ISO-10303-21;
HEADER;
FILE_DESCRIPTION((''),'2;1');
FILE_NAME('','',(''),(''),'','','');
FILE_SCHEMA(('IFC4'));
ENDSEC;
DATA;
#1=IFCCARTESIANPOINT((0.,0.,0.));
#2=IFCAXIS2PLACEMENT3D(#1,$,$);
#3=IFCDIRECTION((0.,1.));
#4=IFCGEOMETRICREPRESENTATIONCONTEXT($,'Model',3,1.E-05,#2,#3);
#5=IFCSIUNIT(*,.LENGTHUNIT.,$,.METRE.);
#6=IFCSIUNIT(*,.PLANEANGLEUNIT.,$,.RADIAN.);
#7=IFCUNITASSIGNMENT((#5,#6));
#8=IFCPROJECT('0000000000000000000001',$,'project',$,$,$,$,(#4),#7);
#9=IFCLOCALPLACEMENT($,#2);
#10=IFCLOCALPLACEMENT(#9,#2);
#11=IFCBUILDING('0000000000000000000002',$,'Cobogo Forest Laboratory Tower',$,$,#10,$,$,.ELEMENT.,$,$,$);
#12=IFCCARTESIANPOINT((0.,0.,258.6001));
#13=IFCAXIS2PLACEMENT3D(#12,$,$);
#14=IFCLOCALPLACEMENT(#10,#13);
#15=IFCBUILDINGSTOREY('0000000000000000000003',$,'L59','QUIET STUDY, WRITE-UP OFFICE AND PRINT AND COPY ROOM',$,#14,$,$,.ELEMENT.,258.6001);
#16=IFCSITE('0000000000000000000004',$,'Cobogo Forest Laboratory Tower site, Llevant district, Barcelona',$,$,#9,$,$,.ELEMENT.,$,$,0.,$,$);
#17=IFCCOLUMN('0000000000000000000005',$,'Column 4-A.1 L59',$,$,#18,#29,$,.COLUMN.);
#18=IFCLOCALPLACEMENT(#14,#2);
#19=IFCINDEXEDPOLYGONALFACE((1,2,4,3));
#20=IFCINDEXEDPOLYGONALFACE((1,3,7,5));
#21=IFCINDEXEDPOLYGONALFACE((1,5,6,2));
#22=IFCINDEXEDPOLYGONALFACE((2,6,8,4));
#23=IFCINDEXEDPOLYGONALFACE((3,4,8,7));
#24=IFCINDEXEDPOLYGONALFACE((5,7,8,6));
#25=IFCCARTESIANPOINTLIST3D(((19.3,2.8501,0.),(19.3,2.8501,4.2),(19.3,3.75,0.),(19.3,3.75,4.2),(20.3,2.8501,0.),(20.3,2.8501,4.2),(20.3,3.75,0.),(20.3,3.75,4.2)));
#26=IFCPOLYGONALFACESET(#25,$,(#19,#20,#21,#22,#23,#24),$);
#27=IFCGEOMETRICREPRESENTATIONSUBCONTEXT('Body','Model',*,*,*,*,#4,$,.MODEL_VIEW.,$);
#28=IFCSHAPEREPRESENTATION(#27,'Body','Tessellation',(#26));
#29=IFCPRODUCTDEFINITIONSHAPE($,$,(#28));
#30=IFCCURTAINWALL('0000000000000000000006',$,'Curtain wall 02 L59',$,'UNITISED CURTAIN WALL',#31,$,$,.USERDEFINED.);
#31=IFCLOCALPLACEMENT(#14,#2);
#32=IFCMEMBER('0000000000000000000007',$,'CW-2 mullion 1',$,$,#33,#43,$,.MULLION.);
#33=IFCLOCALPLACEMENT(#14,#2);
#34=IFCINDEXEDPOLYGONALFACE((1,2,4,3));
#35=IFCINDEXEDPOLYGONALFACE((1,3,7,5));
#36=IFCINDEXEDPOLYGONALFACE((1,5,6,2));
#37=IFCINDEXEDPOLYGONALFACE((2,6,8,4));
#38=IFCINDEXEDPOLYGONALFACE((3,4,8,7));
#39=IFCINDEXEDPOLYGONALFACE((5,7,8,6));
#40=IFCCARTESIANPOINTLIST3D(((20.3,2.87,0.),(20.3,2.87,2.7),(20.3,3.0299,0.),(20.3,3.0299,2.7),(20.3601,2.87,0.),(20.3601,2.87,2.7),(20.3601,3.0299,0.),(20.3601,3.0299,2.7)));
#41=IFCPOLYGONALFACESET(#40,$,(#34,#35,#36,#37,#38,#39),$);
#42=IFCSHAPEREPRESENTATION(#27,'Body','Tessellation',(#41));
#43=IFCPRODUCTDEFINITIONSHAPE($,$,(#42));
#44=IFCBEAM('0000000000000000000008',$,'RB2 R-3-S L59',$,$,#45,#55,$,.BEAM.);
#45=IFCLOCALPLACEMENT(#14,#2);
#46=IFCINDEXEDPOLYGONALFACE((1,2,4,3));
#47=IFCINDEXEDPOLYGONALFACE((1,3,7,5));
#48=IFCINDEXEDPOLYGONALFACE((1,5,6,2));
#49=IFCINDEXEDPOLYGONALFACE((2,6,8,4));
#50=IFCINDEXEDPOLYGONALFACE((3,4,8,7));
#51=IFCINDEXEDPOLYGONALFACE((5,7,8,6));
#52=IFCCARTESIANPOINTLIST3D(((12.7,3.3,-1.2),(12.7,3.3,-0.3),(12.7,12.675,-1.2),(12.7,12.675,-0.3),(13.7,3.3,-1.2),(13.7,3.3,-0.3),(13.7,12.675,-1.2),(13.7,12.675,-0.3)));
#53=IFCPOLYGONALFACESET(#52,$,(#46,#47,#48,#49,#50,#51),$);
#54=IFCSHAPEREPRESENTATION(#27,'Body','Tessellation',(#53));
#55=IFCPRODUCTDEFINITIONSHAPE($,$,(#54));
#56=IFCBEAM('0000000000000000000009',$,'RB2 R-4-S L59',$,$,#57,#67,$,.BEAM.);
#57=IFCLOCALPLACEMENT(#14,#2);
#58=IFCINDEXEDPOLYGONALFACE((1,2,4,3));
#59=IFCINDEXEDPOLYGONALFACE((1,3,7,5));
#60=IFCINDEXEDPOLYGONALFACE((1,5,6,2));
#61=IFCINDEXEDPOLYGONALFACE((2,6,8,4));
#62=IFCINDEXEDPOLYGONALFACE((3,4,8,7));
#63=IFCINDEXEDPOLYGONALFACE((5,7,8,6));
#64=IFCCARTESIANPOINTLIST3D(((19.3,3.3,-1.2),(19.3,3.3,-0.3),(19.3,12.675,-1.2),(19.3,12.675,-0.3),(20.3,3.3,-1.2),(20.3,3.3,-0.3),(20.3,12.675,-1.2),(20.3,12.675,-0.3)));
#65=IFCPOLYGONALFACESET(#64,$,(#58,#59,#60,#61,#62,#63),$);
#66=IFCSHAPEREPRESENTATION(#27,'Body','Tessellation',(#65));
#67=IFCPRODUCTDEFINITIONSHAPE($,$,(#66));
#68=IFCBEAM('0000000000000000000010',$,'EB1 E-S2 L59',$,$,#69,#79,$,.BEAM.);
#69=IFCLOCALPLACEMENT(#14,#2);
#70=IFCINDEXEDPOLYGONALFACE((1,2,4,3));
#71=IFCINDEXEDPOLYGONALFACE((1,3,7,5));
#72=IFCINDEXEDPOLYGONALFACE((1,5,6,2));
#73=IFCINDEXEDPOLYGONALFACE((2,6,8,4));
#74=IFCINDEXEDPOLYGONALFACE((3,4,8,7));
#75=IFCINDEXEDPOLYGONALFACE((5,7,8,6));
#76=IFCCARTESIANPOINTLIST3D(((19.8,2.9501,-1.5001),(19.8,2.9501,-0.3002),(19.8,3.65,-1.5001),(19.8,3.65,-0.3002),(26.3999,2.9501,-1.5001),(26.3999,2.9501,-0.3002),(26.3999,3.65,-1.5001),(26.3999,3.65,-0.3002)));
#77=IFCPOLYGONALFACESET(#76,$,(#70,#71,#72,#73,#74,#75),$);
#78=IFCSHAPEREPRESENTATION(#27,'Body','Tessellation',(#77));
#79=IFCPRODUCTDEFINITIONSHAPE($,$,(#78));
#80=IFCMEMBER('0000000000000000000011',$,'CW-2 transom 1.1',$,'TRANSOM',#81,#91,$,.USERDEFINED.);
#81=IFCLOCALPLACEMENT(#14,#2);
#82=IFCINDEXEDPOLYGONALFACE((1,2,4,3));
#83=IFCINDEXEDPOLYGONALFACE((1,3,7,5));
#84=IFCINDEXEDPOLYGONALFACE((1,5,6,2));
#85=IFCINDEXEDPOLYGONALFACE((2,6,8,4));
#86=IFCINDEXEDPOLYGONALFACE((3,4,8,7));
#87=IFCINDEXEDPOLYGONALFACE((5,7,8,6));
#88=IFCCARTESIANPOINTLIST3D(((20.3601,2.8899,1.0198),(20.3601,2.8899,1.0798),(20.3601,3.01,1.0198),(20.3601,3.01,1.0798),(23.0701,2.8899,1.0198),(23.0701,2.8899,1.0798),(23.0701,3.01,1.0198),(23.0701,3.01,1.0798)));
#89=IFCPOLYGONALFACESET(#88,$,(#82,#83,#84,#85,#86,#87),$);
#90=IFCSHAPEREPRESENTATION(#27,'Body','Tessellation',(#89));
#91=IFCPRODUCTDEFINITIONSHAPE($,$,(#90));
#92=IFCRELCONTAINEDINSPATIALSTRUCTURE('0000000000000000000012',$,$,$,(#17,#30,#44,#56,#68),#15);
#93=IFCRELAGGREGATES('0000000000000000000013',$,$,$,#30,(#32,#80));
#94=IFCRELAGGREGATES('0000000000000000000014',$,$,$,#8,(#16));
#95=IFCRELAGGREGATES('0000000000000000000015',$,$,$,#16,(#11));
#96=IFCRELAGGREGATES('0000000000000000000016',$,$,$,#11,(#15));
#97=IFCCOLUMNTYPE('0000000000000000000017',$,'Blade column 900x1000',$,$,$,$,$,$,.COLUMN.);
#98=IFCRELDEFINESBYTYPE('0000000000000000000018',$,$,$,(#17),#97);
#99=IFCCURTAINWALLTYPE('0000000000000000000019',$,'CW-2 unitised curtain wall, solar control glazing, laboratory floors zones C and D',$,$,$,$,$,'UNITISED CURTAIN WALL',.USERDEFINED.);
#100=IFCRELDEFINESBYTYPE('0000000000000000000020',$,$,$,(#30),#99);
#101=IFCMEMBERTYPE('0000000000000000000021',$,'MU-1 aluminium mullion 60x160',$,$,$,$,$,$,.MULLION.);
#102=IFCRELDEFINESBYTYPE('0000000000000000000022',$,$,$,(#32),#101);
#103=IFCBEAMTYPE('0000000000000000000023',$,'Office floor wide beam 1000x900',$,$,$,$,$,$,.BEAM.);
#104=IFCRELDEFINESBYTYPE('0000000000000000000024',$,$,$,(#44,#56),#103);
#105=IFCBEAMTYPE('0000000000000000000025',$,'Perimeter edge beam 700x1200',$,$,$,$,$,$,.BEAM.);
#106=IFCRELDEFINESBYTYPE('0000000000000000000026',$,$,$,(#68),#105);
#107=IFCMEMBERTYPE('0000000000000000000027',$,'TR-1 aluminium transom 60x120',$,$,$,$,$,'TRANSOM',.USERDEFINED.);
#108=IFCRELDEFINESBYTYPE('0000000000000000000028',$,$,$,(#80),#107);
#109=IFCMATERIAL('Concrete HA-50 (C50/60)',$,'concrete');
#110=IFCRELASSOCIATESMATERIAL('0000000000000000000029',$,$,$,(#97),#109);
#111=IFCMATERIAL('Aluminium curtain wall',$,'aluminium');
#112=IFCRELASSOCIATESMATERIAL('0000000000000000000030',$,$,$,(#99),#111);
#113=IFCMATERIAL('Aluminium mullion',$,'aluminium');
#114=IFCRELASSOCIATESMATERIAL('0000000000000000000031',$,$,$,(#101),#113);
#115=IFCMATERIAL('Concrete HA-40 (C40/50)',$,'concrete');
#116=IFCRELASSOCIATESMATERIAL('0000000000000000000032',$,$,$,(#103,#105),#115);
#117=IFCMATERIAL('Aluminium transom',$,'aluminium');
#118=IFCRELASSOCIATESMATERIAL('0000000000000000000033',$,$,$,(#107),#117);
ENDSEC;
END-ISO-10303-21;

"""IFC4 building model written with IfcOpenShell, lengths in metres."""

from ifc_helpers import new_model, si_unit, direction, frame, origin, origin_2d, place, context, subcontext, project, spatial, rectangle, extrude, material, material_profile, profile_set, type_object, element, aggregate, save


model = new_model("IFC4")

# Units and contexts
model_context = context("Model", 3, precision=1e-05, world=origin(), true_north=direction((0.0, 1.0)))
body_context = subcontext(model_context, "Body", "Model", "MODEL_VIEW")
ifc_project = project(units=[si_unit("LENGTHUNIT", "METRE"), si_unit("PLANEANGLEUNIT", "RADIAN")], contexts=[model_context])

# Site, building, storey
site_placement = place(None, origin())
site = spatial("IfcSite", under=ifc_project, at=site_placement, Name="Cobogo Forest Laboratory Tower site, Llevant district, Barcelona", CompositionType="ELEMENT", RefElevation=0.0)
building_placement = place(site_placement, origin())
building = spatial("IfcBuilding", under=site, at=building_placement, Name="Cobogo Forest Laboratory Tower", CompositionType="ELEMENT")
storey_placement = place(building_placement, frame((0.0, 0.0, 258.6001)))
storey = spatial("IfcBuildingStorey", under=building, at=storey_placement, Name="L59", Description="QUIET STUDY, WRITE-UP OFFICE AND PRINT AND COPY ROOM", CompositionType="ELEMENT", Elevation=258.6001)

# Column
ifc_material_1 = material(Name="Concrete HA-50 (C50/60)", Category="concrete")
ifc_material_profile_1 = material_profile(ifc_material_1, rectangle(XDim=1.0, YDim=0.8999, at=origin_2d()), Name="RC 900x1000")
ifc_profile_set_1 = profile_set([ifc_material_profile_1], Name="Concrete HA-50 (C50/60)")
column_type = type_object("IfcColumnType", Name="Blade column 900x1000", PredefinedType="COLUMN", material=ifc_profile_set_1)
column_placement = place(storey_placement, frame((19.8, 3.3, 0.0), z_axis=(0.0, 0.0, 1.0), x_axis=(1.0, 0.0, 0.0)))
element("IfcColumn", 1, at=column_placement, inside=storey, type_object=column_type, Name="Column 4-A.1 L59", PredefinedType="COLUMN", context=body_context, shape_type="SweptSolid", body=[
    extrude(rectangle(XDim=1.0, YDim=0.8999, at=origin_2d()), origin(), (0.0, 0.0, 1.0), 4.2),
])

# Curtain wall, member
ifc_material_2 = material(Name="Aluminium curtain wall", Category="aluminium")
curtain_wall_type = type_object("IfcCurtainWallType", Name="CW-2 unitised curtain wall, solar control glazing, laboratory floors zones C and D", ElementType="UNITISED CURTAIN WALL", PredefinedType="USERDEFINED", material=ifc_material_2)
curtain_wall_placement = place(storey_placement, origin())
curtain_wall = element("IfcCurtainWall", 2, at=curtain_wall_placement, inside=storey, type_object=curtain_wall_type, Name="Curtain wall 02 L59", ObjectType="UNITISED CURTAIN WALL", PredefinedType="USERDEFINED")
ifc_material_3 = material(Name="Aluminium mullion", Category="aluminium")
ifc_material_profile_2 = material_profile(ifc_material_3, rectangle(XDim=0.0601, YDim=0.1599, at=origin_2d()), Name="AL 60x160")
ifc_profile_set_2 = profile_set([ifc_material_profile_2], Name="Aluminium mullion")
member_type_1 = type_object("IfcMemberType", Name="MU-1 aluminium mullion 60x160", PredefinedType="MULLION", material=ifc_profile_set_2)
member_1_placement = place(storey_placement, frame((20.3301, 2.95, 0.0), z_axis=(0.0, 0.0, 1.0), x_axis=(1.0, 0.0, 0.0)))
member_1 = element("IfcMember", 3, at=member_1_placement, type_object=member_type_1, Name="CW-2 mullion 1", PredefinedType="MULLION", context=body_context, shape_type="SweptSolid", body=[
    extrude(rectangle(XDim=0.0601, YDim=0.1599, at=origin_2d()), origin(), (0.0, 0.0, 1.0), 2.7),
])

# Beams
ifc_material_4 = material(Name="Concrete HA-40 (C40/50)", Category="concrete")
ifc_material_profile_3 = material_profile(ifc_material_4, rectangle(XDim=1.0, YDim=0.8999, at=origin_2d()), Name="RC 1000x900")
ifc_profile_set_3 = profile_set([ifc_material_profile_3], Name="Concrete HA-40 (C40/50)")
beam_type_1 = type_object("IfcBeamType", Name="Office floor wide beam 1000x900", PredefinedType="BEAM", material=ifc_profile_set_3)
for number, where, z_axis, x_axis, name in (
    (4, (13.2, 12.675, -0.75), (0.0, -1.0, 0.0), (1.0, 0.0, 0.0), "RB2 R-3-S L59"),
    (5, (19.8, 12.675, -0.75), (0.0, -1.0, 0.0), (1.0, 0.0, 0.0), "RB2 R-4-S L59"),
):
    element("IfcBeam", number, at=place(storey_placement, frame(where, z_axis=z_axis, x_axis=x_axis)), inside=storey, type_object=beam_type_1, Name=name, PredefinedType="BEAM", context=body_context, shape_type="SweptSolid", body=[
        extrude(rectangle(XDim=1.0, YDim=0.8999, at=origin_2d()), origin(), (0.0, 0.0, 1.0), 9.375),
    ])
ifc_material_profile_4 = material_profile(ifc_material_4, rectangle(XDim=0.7, YDim=1.2, at=origin_2d()), Name="RC 700x1200")
ifc_profile_set_4 = profile_set([ifc_material_profile_4], Name="Concrete HA-40 (C40/50)")
beam_type_2 = type_object("IfcBeamType", Name="Perimeter edge beam 700x1200", PredefinedType="BEAM", material=ifc_profile_set_4)
beam_placement = place(storey_placement, frame((19.8, 3.3, -0.9001), z_axis=(1.0, 0.0, 0.0), x_axis=(0.0, 1.0, 0.0)))
element("IfcBeam", 6, at=beam_placement, inside=storey, type_object=beam_type_2, Name="EB1 E-S2 L59", PredefinedType="BEAM", context=body_context, shape_type="SweptSolid", body=[
    extrude(rectangle(XDim=0.7, YDim=1.2, at=origin_2d()), origin(), (0.0, 0.0, 1.0), 6.5999),
])

# Member
ifc_material_5 = material(Name="Aluminium transom", Category="aluminium")
ifc_material_profile_5 = material_profile(ifc_material_5, rectangle(XDim=0.1201, YDim=0.0601, at=origin_2d()), Name="AL 60x120")
ifc_profile_set_5 = profile_set([ifc_material_profile_5], Name="Aluminium transom")
member_type_2 = type_object("IfcMemberType", Name="TR-1 aluminium transom 60x120", ElementType="TRANSOM", PredefinedType="USERDEFINED", material=ifc_profile_set_5)
member_2_placement = place(storey_placement, frame((20.3601, 2.95, 1.0498), z_axis=(1.0, 0.0, 0.0), x_axis=(0.0, 1.0, 0.0)))
member_2 = element("IfcMember", 7, at=member_2_placement, type_object=member_type_2, Name="CW-2 transom 1.1", ObjectType="TRANSOM", PredefinedType="USERDEFINED", context=body_context, shape_type="SweptSolid", body=[
    extrude(rectangle(XDim=0.1201, YDim=0.0601, at=origin_2d()), origin(), (0.0, 0.0, 1.0), 2.71),
])
aggregate(curtain_wall, [member_1, member_2])

save(model, "model.ifc")
